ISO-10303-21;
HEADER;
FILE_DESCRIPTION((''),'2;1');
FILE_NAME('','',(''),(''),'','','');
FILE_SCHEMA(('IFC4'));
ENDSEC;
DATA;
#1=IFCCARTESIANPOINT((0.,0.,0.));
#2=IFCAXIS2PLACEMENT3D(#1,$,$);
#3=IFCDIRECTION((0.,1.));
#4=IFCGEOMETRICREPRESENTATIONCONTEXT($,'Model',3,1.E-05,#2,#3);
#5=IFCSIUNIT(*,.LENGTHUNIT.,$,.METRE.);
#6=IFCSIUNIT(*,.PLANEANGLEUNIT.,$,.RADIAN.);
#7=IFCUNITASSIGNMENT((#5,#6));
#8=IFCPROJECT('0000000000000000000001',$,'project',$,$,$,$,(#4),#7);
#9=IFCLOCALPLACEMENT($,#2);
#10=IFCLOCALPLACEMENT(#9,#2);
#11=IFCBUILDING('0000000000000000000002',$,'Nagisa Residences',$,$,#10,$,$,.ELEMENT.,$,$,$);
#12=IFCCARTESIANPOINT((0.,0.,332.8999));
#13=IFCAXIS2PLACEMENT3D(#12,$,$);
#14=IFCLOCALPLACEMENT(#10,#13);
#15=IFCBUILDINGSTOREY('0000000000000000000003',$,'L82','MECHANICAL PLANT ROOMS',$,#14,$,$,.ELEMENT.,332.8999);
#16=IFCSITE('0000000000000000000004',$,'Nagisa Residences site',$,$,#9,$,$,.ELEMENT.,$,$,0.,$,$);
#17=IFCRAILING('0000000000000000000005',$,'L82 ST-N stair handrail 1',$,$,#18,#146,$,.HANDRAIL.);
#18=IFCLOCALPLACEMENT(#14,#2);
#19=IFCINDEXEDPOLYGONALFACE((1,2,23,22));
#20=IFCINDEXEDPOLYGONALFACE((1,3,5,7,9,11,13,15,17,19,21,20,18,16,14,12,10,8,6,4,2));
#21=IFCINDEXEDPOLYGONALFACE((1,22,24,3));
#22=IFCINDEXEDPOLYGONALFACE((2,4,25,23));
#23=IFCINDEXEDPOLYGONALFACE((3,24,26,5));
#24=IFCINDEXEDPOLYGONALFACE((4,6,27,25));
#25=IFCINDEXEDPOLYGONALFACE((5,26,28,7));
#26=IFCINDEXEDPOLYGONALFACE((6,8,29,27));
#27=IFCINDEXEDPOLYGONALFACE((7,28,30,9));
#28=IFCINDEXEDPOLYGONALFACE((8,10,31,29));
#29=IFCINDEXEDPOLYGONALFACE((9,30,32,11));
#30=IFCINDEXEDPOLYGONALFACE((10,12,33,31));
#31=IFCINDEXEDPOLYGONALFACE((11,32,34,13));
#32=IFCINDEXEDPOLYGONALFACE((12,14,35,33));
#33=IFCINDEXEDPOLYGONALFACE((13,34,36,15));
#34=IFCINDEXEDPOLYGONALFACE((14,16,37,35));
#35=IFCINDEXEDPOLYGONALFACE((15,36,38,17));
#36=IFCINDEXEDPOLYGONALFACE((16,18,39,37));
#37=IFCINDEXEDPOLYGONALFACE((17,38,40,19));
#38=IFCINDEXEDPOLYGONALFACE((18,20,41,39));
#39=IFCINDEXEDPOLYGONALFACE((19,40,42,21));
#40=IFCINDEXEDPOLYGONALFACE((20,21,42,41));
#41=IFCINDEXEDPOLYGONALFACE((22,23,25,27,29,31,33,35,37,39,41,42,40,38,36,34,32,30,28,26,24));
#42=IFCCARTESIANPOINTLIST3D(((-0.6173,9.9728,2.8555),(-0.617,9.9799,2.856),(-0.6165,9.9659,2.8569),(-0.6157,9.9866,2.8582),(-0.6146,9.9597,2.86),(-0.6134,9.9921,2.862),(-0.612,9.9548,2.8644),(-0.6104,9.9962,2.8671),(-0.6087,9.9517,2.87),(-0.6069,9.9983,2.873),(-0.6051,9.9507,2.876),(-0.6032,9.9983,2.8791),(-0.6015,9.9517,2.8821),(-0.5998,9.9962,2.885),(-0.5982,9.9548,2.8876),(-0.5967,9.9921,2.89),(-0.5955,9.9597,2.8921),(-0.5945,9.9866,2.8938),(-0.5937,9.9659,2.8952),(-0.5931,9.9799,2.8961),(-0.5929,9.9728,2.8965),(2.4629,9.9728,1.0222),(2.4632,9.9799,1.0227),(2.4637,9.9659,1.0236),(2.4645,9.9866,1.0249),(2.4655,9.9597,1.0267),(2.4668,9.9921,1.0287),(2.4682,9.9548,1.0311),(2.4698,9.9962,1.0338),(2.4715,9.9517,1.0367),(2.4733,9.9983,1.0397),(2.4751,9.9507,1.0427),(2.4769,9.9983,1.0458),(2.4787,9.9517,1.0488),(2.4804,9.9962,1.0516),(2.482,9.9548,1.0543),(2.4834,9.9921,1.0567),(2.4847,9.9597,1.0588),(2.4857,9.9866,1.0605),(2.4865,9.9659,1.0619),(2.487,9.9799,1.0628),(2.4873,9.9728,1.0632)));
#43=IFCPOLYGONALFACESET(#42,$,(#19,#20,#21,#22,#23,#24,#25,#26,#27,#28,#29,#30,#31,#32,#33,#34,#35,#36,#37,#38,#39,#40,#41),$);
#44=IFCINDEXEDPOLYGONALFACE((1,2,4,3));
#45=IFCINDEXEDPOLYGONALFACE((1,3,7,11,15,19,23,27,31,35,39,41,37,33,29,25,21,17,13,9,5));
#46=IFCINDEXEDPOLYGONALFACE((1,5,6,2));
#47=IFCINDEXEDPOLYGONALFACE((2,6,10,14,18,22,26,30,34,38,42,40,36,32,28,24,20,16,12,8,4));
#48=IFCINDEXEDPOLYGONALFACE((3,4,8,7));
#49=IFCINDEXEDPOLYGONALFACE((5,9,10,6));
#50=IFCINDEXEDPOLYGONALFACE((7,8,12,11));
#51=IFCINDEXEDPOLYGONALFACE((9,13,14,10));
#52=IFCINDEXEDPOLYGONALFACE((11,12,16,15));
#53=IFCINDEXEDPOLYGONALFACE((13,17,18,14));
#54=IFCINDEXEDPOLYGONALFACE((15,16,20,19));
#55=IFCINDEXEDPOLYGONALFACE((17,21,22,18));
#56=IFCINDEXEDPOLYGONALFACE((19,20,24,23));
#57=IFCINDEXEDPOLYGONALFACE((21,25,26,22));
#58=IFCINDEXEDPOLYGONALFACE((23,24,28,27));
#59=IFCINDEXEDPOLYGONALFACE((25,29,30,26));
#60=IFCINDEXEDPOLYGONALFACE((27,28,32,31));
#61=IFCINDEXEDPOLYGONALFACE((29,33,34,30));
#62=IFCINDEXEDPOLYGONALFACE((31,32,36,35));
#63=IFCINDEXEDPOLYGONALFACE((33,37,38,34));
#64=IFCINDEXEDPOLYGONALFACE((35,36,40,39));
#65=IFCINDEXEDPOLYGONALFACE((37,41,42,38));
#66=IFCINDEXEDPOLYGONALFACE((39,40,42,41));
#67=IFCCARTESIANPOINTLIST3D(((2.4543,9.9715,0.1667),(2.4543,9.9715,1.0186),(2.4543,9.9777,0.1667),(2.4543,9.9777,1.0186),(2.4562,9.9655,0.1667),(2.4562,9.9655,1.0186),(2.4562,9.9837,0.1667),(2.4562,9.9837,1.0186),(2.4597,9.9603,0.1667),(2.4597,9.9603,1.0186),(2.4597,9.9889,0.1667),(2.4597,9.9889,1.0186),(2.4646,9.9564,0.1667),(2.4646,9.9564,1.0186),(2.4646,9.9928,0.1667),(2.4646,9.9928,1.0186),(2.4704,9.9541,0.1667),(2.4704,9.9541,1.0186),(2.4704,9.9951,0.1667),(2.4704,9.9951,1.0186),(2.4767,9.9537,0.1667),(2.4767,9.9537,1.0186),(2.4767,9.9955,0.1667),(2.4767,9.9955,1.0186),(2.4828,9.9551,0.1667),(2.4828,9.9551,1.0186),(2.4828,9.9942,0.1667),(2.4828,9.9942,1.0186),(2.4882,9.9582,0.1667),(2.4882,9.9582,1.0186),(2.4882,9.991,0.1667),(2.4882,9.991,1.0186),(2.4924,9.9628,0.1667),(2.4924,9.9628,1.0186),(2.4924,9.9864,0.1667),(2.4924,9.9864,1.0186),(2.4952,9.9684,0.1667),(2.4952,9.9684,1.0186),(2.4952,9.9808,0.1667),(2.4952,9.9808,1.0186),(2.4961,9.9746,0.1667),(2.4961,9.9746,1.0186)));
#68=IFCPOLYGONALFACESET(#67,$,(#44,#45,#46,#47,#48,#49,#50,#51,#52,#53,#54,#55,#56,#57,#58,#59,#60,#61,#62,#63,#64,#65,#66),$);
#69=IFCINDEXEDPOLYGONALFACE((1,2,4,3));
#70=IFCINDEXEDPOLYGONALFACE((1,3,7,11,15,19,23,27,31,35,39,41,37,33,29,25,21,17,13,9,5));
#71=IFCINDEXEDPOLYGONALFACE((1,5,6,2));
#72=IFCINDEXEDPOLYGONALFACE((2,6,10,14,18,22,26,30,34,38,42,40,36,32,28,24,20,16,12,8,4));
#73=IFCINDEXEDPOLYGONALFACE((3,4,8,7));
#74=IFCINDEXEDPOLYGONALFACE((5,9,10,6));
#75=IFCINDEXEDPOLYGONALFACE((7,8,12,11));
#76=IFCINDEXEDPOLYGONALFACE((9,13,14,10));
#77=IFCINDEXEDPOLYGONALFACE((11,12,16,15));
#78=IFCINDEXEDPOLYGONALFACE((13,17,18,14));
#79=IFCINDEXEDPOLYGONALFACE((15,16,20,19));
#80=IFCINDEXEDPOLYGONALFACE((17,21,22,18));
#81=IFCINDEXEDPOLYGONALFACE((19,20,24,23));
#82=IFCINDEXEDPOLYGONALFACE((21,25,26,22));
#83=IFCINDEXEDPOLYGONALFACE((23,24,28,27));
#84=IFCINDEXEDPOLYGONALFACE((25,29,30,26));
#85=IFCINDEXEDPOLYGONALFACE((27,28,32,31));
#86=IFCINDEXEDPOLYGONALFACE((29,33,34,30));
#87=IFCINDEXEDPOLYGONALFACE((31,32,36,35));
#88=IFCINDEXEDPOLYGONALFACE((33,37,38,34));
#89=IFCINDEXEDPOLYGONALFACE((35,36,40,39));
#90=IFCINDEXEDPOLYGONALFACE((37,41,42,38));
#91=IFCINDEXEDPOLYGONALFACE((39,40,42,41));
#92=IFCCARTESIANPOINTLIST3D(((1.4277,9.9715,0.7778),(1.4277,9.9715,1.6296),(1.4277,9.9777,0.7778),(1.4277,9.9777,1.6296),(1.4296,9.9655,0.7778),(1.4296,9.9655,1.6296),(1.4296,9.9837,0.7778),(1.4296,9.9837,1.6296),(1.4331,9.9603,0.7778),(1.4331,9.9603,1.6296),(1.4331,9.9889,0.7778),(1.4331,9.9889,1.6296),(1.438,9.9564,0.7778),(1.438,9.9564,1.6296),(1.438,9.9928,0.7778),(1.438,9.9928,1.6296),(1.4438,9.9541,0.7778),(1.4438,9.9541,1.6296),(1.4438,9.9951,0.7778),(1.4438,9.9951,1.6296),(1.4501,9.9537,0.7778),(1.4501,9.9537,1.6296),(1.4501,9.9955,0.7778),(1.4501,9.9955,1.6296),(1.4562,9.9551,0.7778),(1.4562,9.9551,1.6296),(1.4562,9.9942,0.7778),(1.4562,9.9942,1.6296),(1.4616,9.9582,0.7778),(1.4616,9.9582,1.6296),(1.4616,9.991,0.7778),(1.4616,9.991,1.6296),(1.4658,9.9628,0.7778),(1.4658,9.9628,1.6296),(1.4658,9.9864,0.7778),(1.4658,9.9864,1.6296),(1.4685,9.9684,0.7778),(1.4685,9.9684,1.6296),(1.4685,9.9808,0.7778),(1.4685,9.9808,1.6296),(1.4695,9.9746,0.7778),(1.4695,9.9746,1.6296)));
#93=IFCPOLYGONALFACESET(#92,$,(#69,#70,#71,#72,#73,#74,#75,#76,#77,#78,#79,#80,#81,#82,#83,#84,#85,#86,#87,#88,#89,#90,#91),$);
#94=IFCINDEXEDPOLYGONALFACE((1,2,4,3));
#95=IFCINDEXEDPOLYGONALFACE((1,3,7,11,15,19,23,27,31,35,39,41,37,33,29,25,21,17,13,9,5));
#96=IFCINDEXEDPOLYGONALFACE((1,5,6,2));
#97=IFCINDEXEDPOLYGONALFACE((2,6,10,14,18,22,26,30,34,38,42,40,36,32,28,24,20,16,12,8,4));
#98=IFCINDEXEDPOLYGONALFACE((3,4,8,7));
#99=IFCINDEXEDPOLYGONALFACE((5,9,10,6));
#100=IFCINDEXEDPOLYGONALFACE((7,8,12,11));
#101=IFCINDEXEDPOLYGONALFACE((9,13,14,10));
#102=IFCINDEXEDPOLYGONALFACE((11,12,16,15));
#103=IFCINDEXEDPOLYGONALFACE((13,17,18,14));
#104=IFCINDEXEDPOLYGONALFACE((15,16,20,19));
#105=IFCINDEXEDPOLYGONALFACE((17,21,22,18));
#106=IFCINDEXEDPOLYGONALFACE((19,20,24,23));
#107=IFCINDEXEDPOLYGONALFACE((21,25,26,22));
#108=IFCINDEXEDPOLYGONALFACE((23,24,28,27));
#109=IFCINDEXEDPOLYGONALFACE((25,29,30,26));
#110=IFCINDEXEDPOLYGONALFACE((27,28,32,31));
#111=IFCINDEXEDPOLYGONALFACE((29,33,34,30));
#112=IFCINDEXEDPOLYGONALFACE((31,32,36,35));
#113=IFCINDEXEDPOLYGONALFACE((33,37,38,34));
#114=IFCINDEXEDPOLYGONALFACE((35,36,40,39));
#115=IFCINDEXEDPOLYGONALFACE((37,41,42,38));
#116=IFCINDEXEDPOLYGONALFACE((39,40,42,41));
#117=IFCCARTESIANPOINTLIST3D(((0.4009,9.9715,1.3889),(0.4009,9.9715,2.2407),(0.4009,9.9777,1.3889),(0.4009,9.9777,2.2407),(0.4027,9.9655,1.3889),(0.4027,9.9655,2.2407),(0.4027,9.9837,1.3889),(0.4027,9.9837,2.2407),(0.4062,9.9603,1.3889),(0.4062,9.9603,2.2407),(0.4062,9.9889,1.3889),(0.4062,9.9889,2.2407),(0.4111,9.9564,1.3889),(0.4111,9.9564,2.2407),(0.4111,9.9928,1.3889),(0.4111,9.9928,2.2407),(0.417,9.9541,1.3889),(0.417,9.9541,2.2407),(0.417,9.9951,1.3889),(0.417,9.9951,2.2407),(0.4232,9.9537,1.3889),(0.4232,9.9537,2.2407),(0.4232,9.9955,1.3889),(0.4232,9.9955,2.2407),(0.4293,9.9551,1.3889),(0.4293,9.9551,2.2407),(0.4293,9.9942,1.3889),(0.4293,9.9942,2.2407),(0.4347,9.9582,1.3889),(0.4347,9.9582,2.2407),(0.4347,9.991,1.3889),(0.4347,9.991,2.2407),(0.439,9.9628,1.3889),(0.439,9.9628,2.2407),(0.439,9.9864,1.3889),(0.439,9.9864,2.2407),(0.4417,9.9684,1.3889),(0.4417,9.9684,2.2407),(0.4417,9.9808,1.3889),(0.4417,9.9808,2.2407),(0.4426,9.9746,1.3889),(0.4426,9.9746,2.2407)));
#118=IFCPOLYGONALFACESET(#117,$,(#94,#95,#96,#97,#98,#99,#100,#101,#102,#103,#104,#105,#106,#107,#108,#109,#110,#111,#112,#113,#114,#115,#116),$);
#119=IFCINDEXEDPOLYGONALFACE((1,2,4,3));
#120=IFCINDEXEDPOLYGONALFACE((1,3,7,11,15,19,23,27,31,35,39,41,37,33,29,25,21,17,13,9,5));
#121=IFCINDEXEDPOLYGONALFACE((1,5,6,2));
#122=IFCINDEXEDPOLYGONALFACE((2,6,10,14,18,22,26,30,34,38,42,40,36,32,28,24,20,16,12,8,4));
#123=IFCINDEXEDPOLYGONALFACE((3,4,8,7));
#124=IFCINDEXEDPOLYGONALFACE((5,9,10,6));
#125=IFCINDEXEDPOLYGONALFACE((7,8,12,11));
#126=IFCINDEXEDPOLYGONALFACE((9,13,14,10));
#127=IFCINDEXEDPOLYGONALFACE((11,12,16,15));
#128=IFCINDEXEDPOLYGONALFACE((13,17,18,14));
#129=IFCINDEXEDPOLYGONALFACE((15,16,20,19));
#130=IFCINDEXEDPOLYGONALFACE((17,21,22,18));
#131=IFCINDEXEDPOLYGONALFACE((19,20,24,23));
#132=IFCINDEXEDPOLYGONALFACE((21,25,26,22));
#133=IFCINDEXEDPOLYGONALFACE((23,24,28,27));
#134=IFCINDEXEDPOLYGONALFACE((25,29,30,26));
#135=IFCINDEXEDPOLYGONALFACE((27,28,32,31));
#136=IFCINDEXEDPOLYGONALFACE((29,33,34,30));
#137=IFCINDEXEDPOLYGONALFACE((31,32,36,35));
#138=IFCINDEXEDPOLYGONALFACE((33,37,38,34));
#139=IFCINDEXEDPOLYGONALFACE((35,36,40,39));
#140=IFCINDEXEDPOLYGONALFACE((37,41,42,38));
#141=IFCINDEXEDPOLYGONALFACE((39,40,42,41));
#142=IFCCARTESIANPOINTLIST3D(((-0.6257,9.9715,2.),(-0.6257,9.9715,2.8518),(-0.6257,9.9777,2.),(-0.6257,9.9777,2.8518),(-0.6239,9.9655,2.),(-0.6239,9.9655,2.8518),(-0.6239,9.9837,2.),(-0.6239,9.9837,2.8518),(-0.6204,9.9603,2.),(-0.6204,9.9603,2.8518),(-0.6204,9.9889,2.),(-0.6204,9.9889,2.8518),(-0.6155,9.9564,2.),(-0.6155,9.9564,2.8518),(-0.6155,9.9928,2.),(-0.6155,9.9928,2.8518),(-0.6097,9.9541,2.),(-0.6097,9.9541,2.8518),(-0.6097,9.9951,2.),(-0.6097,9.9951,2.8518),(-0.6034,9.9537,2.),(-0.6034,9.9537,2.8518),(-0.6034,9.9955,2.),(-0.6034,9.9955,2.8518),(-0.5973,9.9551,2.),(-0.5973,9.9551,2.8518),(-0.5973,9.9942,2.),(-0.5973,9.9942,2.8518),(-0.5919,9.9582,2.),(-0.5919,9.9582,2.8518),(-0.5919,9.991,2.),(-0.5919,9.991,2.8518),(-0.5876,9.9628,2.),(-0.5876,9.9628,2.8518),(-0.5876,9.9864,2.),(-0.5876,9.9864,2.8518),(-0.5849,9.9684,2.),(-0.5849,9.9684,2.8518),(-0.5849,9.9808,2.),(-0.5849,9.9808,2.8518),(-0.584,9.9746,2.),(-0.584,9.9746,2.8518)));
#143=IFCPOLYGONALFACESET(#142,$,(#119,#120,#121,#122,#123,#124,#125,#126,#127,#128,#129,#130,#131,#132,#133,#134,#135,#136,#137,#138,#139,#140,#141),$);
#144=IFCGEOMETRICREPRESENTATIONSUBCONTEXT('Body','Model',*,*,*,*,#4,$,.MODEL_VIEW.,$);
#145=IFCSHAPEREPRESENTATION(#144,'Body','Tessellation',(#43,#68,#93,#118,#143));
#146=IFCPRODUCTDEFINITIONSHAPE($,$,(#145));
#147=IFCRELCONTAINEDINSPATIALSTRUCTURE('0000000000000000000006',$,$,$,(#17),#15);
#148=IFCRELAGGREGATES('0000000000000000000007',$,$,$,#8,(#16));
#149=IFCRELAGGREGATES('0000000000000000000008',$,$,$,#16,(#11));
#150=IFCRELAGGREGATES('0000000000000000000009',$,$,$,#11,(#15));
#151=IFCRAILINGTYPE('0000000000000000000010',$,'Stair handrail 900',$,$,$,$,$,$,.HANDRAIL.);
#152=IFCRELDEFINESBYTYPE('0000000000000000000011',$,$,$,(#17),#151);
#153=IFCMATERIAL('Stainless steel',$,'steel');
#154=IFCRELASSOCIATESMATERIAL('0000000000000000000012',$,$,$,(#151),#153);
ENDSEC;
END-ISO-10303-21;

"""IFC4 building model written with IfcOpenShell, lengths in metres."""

from ifc_helpers import new_model, si_unit, direction, frame, origin, origin_2d, place, context, subcontext, project, spatial, circle, extrude, material, type_object, element, save


model = new_model("IFC4")

# Units and contexts
model_context = context("Model", 3, precision=1e-05, world=origin(), true_north=direction((0.0, 1.0)))
body_context = subcontext(model_context, "Body", "Model", "MODEL_VIEW")
ifc_project = project(units=[si_unit("LENGTHUNIT", "METRE"), si_unit("PLANEANGLEUNIT", "RADIAN")], contexts=[model_context])

# Site, building, storey
site_placement = place(None, origin())
site = spatial("IfcSite", under=ifc_project, at=site_placement, Name="Nagisa Residences site", CompositionType="ELEMENT", RefElevation=0.0)
building_placement = place(site_placement, origin())
building = spatial("IfcBuilding", under=site, at=building_placement, Name="Nagisa Residences", CompositionType="ELEMENT")
storey_placement = place(building_placement, frame((0.0, 0.0, 332.8999)))
storey = spatial("IfcBuildingStorey", under=building, at=storey_placement, Name="L82", Description="MECHANICAL PLANT ROOMS", CompositionType="ELEMENT", Elevation=332.8999)

# Railing
ifc_material_1 = material(Name="Stainless steel", Category="steel")
railing_type = type_object("IfcRailingType", Name="Stair handrail 900", PredefinedType="HANDRAIL", material=ifc_material_1)
railing_placement = place(storey_placement, frame((2.4751, 9.9746, 0.1667)))
element("IfcRailing", 1, at=railing_placement, inside=storey, type_object=railing_type, Name="L82 ST-N stair handrail 1", PredefinedType="HANDRAIL", context=body_context, shape_type="SweptSolid", body=[
    extrude(circle(Radius=0.0239, at=origin_2d()), frame((0.0, 0.0, 0.876), z_axis=(-0.859309, 0.0, 0.511458), x_axis=(0.0, -1.0, 0.0)), (0.0, 0.0, 1.0), 3.5845),
    extrude(circle(Radius=0.021, at=origin_2d()), origin(), (0.0, 0.0, 1.0), 0.8518),
    extrude(circle(Radius=0.021, at=origin_2d()), frame((-1.0266, 0.0, 0.6111)), (0.0, 0.0, 1.0), 0.8518),
    extrude(circle(Radius=0.021, at=origin_2d()), frame((-2.0535, 0.0, 1.2222)), (0.0, 0.0, 1.0), 0.8518),
    extrude(circle(Radius=0.021, at=origin_2d()), frame((-3.0801, 0.0, 1.8333)), (0.0, 0.0, 1.0), 0.8518),
])

save(model, "model.ifc")
